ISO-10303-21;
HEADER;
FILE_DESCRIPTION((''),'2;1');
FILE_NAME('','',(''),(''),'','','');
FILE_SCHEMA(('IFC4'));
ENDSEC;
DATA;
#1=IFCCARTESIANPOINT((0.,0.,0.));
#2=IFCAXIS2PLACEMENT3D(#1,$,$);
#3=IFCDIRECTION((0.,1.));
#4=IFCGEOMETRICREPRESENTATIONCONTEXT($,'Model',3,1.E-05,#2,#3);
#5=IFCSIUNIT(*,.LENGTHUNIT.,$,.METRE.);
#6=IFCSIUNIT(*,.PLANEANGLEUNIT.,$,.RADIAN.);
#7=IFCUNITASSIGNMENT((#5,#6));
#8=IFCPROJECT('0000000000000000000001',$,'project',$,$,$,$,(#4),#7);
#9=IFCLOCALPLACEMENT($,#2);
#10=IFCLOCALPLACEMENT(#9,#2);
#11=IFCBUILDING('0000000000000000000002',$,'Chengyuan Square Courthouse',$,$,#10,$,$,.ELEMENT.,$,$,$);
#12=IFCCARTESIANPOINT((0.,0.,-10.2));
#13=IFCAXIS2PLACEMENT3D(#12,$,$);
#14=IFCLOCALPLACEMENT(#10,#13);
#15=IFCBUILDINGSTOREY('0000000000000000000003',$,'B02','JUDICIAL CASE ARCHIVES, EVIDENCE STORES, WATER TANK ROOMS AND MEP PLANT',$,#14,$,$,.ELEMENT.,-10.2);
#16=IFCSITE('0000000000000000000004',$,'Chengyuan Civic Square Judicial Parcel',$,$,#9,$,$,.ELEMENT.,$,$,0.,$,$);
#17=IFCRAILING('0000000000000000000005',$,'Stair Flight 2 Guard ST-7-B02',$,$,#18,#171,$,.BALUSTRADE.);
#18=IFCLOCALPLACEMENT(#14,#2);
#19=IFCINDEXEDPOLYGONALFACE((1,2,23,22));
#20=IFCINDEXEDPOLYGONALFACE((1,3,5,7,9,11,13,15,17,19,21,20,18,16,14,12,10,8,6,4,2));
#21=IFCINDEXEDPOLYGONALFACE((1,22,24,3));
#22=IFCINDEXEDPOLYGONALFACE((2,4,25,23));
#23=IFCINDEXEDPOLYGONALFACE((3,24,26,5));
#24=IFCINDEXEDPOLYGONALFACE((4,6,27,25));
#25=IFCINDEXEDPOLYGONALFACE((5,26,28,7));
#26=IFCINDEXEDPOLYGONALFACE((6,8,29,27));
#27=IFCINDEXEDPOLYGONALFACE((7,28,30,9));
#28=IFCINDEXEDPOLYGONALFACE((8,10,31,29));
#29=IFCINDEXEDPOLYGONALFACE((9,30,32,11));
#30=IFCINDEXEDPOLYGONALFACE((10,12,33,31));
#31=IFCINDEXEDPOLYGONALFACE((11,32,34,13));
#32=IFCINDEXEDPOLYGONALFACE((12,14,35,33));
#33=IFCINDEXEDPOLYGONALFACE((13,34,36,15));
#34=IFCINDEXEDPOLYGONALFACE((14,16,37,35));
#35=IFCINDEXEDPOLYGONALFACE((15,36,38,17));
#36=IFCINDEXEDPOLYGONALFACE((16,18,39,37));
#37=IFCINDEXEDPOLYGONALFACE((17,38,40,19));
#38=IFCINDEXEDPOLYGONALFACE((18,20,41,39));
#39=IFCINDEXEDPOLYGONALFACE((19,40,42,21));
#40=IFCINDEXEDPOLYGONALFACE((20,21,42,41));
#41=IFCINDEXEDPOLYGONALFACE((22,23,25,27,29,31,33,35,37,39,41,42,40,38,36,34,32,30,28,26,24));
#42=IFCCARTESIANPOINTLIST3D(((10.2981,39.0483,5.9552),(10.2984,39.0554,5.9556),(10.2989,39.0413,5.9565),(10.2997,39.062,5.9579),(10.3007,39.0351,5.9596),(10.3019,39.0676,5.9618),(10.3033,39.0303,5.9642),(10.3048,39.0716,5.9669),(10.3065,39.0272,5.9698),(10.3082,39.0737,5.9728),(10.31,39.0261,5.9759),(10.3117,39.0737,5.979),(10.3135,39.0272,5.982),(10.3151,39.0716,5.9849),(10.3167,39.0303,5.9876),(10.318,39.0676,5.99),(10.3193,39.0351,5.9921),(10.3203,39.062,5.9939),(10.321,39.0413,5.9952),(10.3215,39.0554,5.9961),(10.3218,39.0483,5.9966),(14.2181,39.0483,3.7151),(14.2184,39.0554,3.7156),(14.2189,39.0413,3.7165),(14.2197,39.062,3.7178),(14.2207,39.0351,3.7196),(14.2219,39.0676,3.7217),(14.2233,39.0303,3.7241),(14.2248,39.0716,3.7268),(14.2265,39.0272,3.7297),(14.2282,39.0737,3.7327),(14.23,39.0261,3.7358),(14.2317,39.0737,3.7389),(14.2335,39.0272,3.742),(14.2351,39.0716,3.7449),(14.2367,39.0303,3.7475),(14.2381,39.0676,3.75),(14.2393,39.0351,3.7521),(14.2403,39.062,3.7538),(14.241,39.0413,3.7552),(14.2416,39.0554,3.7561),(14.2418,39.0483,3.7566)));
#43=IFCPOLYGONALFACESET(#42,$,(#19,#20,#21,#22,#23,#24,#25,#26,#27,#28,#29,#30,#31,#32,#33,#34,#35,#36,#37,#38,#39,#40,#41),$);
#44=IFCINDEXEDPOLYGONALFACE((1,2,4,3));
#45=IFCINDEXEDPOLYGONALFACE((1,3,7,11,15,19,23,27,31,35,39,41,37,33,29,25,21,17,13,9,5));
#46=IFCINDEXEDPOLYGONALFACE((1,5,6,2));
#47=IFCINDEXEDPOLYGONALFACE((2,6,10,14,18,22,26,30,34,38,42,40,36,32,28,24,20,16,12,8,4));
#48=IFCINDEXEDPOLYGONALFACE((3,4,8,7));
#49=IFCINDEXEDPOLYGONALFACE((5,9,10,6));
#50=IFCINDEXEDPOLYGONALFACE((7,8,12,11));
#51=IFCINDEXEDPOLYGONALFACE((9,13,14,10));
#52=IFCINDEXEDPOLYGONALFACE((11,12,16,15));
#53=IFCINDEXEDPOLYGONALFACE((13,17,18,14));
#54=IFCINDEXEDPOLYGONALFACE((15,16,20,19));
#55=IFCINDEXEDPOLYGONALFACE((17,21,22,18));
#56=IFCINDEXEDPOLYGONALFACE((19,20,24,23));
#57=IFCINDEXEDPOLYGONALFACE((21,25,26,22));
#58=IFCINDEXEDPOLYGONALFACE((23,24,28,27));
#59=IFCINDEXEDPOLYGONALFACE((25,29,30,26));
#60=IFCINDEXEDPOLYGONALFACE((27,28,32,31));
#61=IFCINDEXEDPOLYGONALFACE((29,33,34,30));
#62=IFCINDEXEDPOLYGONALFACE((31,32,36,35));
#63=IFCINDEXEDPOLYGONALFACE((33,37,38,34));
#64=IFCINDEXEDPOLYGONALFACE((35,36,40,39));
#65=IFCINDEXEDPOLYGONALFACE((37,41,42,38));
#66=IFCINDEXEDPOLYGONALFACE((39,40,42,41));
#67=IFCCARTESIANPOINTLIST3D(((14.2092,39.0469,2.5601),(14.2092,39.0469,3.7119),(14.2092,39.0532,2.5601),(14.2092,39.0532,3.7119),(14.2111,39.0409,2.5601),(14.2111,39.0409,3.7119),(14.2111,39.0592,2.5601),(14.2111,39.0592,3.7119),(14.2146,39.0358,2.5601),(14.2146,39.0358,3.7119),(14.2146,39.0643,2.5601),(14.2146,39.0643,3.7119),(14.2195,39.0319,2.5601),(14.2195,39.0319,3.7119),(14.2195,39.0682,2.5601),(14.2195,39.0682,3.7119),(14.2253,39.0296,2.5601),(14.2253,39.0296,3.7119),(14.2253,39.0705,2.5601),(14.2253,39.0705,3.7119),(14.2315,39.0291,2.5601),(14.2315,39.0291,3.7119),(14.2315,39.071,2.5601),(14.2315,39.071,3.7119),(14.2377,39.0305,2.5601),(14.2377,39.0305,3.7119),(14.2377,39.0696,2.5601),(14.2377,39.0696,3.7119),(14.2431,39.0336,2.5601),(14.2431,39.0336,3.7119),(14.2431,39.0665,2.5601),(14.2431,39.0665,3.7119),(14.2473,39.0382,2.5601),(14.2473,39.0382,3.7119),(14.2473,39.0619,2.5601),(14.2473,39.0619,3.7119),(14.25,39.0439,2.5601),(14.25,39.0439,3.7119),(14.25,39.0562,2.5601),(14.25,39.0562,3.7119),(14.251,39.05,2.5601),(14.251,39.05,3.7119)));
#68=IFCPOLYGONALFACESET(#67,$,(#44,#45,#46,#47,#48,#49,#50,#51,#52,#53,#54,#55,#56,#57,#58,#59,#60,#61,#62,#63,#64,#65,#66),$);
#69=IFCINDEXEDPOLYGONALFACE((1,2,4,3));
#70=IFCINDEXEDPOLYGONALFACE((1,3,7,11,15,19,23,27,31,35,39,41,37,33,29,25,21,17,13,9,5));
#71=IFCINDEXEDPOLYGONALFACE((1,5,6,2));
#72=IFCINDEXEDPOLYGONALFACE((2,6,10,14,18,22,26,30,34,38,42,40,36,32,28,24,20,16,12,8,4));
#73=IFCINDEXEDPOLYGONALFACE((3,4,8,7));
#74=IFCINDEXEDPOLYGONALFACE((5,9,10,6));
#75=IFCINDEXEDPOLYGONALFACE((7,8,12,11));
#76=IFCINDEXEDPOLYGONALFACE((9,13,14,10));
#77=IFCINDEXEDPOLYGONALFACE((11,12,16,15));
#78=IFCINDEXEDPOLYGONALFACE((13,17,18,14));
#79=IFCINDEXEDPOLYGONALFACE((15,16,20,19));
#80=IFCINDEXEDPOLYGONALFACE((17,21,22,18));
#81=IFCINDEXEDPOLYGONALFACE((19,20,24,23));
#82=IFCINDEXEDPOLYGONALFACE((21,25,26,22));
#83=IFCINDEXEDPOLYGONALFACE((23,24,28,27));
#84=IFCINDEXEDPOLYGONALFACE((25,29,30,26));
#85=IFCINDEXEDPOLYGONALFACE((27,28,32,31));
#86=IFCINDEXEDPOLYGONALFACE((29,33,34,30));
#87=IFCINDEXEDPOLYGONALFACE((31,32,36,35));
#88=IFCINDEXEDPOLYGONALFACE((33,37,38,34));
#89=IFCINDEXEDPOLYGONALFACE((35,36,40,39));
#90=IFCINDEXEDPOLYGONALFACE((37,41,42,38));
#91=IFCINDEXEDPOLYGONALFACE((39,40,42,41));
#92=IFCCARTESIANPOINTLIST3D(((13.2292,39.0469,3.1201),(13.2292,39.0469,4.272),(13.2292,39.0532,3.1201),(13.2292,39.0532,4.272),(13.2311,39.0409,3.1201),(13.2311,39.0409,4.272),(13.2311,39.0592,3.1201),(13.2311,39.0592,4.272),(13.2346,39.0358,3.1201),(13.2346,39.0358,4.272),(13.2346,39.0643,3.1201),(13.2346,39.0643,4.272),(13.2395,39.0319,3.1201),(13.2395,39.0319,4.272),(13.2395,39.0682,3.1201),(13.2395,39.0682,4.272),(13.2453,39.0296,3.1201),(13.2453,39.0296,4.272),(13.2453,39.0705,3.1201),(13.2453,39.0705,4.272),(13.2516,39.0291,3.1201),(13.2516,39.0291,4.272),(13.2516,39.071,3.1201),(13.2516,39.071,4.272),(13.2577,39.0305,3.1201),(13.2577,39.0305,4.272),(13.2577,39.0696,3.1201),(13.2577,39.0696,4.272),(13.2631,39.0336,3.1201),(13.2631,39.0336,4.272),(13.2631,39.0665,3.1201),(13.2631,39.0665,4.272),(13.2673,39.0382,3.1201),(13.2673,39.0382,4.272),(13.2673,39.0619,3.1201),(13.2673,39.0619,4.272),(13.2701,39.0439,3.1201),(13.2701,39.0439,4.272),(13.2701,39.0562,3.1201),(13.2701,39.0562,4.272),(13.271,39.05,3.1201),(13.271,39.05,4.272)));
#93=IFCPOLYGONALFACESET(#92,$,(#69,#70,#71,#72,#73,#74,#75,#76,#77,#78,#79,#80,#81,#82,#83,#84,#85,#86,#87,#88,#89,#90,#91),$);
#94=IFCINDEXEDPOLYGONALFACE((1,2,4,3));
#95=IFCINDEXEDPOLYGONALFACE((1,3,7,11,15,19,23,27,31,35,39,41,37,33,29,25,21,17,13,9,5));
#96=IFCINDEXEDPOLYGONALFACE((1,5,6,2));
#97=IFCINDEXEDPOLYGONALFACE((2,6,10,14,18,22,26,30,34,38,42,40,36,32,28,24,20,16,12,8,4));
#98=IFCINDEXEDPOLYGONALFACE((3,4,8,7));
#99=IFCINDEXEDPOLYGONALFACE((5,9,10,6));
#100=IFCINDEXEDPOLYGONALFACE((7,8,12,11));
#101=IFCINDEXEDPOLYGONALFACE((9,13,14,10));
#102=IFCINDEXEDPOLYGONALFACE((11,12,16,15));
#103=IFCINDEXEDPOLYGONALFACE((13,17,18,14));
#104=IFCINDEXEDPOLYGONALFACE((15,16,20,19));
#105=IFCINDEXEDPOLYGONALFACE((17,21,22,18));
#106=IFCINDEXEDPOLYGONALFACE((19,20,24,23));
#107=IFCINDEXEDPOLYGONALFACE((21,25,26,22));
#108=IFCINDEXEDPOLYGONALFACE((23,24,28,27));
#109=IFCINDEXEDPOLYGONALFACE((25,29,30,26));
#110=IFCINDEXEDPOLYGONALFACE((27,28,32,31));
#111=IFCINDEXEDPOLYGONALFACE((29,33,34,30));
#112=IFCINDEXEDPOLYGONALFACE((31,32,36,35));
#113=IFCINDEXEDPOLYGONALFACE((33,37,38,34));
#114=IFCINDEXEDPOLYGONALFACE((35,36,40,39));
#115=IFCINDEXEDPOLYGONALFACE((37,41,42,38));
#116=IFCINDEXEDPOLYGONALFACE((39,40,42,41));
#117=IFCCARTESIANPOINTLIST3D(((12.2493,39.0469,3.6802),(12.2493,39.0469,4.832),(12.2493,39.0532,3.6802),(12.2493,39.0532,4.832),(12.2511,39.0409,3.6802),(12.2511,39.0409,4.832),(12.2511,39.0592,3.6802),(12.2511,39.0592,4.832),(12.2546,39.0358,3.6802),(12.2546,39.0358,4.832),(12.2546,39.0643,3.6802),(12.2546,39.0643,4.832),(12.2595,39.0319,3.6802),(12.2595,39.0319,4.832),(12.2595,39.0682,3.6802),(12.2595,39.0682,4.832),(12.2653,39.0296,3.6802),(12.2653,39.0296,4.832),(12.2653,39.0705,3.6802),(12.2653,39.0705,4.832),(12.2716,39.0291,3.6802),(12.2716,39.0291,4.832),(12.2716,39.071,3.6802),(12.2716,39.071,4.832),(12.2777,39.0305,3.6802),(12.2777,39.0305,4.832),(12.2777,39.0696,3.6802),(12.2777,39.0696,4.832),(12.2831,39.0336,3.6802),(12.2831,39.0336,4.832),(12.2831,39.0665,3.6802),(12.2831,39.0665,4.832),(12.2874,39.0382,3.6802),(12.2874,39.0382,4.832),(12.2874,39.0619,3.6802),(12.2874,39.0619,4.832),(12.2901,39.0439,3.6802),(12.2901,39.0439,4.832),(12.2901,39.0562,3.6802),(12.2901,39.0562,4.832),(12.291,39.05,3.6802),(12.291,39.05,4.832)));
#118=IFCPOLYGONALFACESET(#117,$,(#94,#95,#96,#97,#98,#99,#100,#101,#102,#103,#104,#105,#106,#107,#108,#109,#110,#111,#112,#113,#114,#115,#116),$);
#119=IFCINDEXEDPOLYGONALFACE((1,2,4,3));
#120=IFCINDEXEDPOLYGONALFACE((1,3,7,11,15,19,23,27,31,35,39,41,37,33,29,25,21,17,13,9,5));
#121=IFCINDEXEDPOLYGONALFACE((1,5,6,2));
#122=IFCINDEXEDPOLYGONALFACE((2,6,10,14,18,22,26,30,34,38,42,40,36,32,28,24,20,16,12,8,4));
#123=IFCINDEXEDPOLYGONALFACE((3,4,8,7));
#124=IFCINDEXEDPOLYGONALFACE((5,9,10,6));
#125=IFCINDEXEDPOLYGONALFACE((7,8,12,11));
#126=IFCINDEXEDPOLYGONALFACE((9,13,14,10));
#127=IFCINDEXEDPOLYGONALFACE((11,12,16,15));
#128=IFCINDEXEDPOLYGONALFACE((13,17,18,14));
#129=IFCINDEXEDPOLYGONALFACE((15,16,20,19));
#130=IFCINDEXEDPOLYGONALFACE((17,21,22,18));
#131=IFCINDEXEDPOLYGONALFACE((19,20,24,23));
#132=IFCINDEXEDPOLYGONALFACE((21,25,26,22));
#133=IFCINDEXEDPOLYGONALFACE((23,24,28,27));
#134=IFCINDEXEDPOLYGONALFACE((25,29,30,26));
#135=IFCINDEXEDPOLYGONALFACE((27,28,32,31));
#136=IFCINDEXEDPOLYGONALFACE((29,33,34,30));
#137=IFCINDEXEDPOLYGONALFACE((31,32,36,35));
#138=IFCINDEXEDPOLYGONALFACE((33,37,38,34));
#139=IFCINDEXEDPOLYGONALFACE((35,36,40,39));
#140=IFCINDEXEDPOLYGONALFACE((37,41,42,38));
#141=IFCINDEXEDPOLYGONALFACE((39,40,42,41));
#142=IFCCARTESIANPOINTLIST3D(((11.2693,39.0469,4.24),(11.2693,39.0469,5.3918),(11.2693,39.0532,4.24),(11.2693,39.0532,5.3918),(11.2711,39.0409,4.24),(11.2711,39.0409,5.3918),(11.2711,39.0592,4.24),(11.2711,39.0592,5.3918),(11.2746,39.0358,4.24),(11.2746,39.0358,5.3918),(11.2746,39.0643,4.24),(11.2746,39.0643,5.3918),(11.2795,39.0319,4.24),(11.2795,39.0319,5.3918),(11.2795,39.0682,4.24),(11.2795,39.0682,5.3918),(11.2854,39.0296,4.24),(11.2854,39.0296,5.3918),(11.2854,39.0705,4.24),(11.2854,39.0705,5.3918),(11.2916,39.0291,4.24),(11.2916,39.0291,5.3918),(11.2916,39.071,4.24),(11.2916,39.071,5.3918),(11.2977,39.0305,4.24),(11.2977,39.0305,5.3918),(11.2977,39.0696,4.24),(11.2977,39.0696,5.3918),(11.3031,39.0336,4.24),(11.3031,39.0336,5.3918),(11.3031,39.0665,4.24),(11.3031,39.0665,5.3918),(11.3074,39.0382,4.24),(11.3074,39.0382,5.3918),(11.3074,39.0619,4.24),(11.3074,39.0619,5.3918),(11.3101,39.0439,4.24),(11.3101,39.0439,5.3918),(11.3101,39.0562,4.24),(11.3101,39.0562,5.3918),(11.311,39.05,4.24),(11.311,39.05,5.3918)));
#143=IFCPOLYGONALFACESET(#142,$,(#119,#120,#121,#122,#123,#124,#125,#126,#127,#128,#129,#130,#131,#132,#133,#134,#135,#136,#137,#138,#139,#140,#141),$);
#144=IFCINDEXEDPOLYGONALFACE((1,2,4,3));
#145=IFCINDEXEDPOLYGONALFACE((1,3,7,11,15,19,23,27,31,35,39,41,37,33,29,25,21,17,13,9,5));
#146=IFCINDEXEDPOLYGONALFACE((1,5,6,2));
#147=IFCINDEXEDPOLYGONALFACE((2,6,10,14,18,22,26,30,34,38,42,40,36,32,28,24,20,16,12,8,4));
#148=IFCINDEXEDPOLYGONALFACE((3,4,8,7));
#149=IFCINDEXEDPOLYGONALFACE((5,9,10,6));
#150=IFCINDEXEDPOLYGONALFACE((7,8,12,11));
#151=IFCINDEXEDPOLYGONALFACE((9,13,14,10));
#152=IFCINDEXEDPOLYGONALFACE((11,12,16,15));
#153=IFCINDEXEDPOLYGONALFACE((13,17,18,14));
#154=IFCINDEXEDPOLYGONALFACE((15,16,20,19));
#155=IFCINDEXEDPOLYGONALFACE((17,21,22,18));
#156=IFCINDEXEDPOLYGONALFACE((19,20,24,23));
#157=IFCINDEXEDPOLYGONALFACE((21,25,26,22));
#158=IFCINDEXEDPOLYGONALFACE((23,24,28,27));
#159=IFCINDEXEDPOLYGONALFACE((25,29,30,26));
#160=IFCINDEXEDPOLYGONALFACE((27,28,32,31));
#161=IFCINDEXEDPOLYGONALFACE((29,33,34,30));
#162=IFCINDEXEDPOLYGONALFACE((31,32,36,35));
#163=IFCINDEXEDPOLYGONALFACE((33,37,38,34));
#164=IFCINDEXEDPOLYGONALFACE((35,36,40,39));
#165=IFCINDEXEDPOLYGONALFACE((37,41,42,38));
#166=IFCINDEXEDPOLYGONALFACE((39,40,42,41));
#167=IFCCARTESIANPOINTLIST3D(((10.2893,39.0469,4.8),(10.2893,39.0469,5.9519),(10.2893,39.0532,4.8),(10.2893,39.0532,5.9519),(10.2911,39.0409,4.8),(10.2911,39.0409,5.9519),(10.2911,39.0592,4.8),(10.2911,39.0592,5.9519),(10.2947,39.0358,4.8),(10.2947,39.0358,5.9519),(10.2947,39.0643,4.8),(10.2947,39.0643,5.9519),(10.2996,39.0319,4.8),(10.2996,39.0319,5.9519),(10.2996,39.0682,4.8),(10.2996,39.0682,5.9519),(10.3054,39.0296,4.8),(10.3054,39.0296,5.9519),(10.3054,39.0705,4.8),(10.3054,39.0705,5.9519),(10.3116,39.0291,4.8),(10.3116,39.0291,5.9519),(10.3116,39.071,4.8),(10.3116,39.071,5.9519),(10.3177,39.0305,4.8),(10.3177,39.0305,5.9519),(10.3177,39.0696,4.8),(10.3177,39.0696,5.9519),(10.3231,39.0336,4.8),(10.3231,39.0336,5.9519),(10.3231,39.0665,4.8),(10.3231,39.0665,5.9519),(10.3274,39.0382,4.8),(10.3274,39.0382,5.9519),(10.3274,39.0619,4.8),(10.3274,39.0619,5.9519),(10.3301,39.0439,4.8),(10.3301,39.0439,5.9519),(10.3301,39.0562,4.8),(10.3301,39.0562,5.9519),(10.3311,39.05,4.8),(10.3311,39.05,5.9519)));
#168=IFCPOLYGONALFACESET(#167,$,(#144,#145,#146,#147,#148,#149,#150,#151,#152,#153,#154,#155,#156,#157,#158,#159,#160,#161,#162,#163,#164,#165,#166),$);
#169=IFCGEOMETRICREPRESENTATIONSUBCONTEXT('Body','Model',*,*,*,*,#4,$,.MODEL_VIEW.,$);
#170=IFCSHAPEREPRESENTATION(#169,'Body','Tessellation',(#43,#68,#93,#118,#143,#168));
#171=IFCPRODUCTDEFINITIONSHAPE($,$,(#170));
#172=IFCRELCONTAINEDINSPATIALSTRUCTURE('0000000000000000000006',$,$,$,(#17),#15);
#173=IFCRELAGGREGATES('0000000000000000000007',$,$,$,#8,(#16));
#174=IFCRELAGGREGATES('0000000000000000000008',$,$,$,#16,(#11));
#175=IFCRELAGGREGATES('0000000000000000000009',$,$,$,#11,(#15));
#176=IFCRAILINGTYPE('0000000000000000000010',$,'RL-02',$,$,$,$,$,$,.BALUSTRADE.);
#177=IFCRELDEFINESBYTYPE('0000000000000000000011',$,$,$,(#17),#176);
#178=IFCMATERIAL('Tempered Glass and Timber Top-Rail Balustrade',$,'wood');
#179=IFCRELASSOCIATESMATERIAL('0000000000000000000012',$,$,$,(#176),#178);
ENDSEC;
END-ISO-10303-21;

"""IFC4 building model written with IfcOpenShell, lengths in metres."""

from ifc_helpers import new_model, si_unit, direction, frame, origin, origin_2d, place, context, subcontext, project, spatial, circle, extrude, material, type_object, element, save


model = new_model("IFC4")

# Units and contexts
model_context = context("Model", 3, precision=1e-05, world=origin(), true_north=direction((0.0, 1.0)))
body_context = subcontext(model_context, "Body", "Model", "MODEL_VIEW")
ifc_project = project(units=[si_unit("LENGTHUNIT", "METRE"), si_unit("PLANEANGLEUNIT", "RADIAN")], contexts=[model_context])

# Site, building, storey
site_placement = place(None, origin())
site = spatial("IfcSite", under=ifc_project, at=site_placement, Name="Chengyuan Civic Square Judicial Parcel", CompositionType="ELEMENT", RefElevation=0.0)
building_placement = place(site_placement, origin())
building = spatial("IfcBuilding", under=site, at=building_placement, Name="Chengyuan Square Courthouse", CompositionType="ELEMENT")
storey_placement = place(building_placement, frame((0.0, 0.0, -10.2)))
storey = spatial("IfcBuildingStorey", under=building, at=storey_placement, Name="B02", Description="JUDICIAL CASE ARCHIVES, EVIDENCE STORES, WATER TANK ROOMS AND MEP PLANT", CompositionType="ELEMENT", Elevation=-10.2)

# Railing
ifc_material_1 = material(Name="Tempered Glass and Timber Top-Rail Balustrade", Category="wood")
railing_type_1 = type_object("IfcRailingType", Name="RL-02", PredefinedType="BALUSTRADE", material=ifc_material_1)
railing_1_placement = place(storey_placement, frame((14.23, 39.05, 2.5601)))
element("IfcRailing", 1, at=railing_1_placement, inside=storey, type_object=railing_type_1, Name="Stair Flight 2 Guard ST-7-B02", PredefinedType="BALUSTRADE", context=body_context, shape_type="SweptSolid", body=[
    extrude(circle(Radius=0.0239, at=origin_2d()), frame((0.0, 0.0, 1.1758), z_axis=(-0.86824, 0.0, 0.496145), x_axis=(0.0, -1.0, 0.0)), (0.0, 0.0, 1.0), 4.5149),
    extrude(circle(Radius=0.021, at=origin_2d()), origin(), (0.0, 0.0, 1.0), 1.1519),
    extrude(circle(Radius=0.021, at=origin_2d()), frame((-0.98, 0.0, 0.5601)), (0.0, 0.0, 1.0), 1.1519),
    extrude(circle(Radius=0.021, at=origin_2d()), frame((-1.96, 0.0, 1.1201)), (0.0, 0.0, 1.0), 1.1519),
    extrude(circle(Radius=0.021, at=origin_2d()), frame((-2.9399, 0.0, 1.6799)), (0.0, 0.0, 1.0), 1.1519),
    extrude(circle(Radius=0.021, at=origin_2d()), frame((-3.9199, 0.0, 2.24)), (0.0, 0.0, 1.0), 1.1519),
])

save(model, "model.ifc")
